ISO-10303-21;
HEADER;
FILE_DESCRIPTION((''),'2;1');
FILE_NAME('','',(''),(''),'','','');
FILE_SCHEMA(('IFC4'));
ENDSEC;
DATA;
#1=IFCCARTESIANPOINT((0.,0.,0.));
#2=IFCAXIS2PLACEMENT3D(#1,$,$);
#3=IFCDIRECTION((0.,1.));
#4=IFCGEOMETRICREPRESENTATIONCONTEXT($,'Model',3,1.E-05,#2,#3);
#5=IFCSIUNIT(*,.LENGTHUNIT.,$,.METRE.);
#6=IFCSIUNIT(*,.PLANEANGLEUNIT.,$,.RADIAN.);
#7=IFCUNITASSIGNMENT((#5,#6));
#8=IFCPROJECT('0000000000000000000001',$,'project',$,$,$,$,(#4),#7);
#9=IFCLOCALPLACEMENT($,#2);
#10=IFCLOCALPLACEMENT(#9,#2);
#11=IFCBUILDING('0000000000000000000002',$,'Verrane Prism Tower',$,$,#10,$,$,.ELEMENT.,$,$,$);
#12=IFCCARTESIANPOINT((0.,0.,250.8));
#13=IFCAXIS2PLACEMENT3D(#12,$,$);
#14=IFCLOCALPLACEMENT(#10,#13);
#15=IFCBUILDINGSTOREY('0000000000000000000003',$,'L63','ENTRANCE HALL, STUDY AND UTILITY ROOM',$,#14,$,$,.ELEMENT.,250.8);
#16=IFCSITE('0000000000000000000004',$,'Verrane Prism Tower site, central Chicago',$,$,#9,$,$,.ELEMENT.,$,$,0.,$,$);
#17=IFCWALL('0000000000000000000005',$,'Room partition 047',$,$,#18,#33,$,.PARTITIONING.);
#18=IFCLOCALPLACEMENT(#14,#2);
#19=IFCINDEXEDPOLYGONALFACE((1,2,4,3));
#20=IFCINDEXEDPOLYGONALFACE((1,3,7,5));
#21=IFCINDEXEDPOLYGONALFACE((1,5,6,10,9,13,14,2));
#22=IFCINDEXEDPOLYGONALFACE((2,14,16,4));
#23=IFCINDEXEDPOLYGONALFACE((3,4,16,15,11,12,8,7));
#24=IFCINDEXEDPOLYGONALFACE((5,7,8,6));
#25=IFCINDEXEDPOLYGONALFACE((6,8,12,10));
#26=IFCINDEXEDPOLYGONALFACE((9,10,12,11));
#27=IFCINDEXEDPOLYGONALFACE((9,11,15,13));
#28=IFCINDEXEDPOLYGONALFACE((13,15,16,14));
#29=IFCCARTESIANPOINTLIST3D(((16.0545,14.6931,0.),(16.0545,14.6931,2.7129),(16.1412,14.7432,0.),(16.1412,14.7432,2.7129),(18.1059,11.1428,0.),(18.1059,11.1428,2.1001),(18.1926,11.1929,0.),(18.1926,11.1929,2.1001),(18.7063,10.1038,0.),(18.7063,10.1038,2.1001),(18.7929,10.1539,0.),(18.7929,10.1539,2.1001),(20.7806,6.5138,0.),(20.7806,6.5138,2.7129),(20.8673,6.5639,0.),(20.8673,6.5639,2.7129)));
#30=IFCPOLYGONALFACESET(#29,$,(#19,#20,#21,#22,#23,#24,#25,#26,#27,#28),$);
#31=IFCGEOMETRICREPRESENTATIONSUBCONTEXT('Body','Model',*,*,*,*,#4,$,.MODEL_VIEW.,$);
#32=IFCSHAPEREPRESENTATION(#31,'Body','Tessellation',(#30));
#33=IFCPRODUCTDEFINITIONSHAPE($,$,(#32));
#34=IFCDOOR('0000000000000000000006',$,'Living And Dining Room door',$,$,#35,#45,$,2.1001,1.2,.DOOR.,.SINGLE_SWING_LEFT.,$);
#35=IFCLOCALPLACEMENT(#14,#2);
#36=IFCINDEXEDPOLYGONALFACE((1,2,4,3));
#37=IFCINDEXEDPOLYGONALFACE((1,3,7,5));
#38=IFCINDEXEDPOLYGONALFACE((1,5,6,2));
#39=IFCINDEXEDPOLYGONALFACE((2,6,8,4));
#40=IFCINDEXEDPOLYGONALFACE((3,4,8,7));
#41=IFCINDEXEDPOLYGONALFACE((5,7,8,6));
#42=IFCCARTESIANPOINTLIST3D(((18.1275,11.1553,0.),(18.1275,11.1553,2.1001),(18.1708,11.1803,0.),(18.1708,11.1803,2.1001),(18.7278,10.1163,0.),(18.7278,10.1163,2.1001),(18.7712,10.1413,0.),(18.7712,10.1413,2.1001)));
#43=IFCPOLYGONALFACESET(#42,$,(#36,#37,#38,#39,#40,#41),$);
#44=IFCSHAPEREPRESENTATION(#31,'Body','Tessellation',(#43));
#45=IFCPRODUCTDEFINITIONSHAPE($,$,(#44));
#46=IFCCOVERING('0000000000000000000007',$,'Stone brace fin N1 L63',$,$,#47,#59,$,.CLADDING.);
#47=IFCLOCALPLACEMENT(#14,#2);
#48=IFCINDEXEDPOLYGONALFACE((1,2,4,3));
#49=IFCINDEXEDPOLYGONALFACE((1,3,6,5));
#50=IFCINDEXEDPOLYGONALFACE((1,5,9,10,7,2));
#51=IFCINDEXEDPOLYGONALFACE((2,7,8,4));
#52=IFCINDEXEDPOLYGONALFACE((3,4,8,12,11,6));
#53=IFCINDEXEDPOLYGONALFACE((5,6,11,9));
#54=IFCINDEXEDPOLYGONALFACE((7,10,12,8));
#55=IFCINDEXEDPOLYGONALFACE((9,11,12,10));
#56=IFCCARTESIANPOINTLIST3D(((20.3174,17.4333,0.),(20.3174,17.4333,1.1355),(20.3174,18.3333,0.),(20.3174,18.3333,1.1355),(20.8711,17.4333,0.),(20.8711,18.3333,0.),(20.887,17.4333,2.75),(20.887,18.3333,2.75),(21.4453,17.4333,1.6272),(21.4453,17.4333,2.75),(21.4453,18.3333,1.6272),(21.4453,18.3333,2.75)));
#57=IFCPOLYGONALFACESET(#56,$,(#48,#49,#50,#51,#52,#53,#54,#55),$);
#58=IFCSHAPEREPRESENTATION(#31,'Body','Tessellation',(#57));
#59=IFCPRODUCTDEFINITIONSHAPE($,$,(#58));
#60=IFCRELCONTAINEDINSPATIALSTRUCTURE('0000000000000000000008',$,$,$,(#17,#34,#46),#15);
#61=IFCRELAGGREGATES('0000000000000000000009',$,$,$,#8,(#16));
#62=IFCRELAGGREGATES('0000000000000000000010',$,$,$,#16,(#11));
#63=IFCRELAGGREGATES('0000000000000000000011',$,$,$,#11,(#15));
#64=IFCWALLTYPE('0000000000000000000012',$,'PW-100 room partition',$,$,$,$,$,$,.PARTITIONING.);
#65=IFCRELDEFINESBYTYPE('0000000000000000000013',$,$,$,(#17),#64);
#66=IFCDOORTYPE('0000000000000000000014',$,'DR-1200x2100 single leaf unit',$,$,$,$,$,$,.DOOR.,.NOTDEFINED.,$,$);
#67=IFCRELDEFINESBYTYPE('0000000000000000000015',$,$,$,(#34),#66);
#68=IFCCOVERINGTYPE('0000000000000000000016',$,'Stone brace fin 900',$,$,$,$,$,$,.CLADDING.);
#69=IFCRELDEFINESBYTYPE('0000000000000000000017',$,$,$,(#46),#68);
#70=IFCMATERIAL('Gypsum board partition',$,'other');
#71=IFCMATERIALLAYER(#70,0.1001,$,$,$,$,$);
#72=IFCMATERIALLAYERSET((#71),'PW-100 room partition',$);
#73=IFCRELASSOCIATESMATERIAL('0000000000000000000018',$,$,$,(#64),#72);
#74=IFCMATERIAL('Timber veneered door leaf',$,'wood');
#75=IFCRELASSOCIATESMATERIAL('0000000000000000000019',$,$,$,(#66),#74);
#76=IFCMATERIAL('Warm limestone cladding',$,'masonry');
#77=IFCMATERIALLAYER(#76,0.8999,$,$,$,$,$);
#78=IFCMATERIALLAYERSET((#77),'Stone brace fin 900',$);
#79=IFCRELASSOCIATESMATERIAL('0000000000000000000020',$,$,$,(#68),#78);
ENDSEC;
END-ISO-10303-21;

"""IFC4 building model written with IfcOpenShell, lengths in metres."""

from ifc_helpers import new_model, si_unit, direction, frame, frame_2d, origin, place, context, subcontext, project, spatial, polyline, rectangle, outline, extrude, material, layer, layer_set, type_object, element, fill, save


model = new_model("IFC4")

# Units and contexts
model_context = context("Model", 3, precision=1e-05, world=origin(), true_north=direction((0.0, 1.0)))
body_context = subcontext(model_context, "Body", "Model", "MODEL_VIEW")
ifc_project = project(units=[si_unit("LENGTHUNIT", "METRE"), si_unit("PLANEANGLEUNIT", "RADIAN")], contexts=[model_context])

# Site, building, storey
site_placement = place(None, origin())
site = spatial("IfcSite", under=ifc_project, at=site_placement, Name="Verrane Prism Tower site, central Chicago", CompositionType="ELEMENT", RefElevation=0.0)
building_placement = place(site_placement, origin())
building = spatial("IfcBuilding", under=site, at=building_placement, Name="Verrane Prism Tower", CompositionType="ELEMENT")
storey_placement = place(building_placement, frame((0.0, 0.0, 250.8)))
storey = spatial("IfcBuildingStorey", under=building, at=storey_placement, Name="L63", Description="ENTRANCE HALL, STUDY AND UTILITY ROOM", CompositionType="ELEMENT", Elevation=250.8)

# Shared definitions
ifc_material_1 = material(Name="Gypsum board partition", Category="other")
ifc_layer_1 = layer(ifc_material_1, 0.1001)
ifc_layer_set_1 = layer_set([ifc_layer_1], Name="PW-100 room partition")
wall_type = type_object("IfcWallType", Name="PW-100 room partition", PredefinedType="PARTITIONING", material=ifc_layer_set_1)

# Wall, opening, door
wall_1_placement = place(storey_placement, frame((16.0979, 14.718, 0.0), z_axis=(0.0, 0.0, 1.0), x_axis=(0.500303, -0.865851, 0.0)))
wall_1 = element("IfcWall", 1, at=wall_1_placement, inside=storey, type_object=wall_type, Name="Room partition 047", PredefinedType="PARTITIONING", context=body_context, shape_type="SweptSolid", body=[
    extrude(rectangle(XDim=9.4465, YDim=0.1001, at=frame_2d((4.7231, 0.0))), origin(), (0.0, 0.0, 1.0), 2.7129),
])
opening_placement = place(wall_1_placement, frame((4.1001, 0.0, 0.0)))
opening = element("IfcOpeningElement", 2, at=opening_placement, cuts=wall_1, PredefinedType="OPENING", context=body_context, shape_type="SweptSolid", body=[
    extrude(rectangle(XDim=1.2, YDim=2.1001, at=frame_2d((0.6001, 1.05))), frame((0.0, 0.0601, 0.0), z_axis=(0.0, -1.0, 0.0), x_axis=(1.0, 0.0, 0.0)), (0.0, 0.0, 1.0), 0.1201),
])
ifc_material_2 = material(Name="Timber veneered door leaf", Category="wood")
door_type = type_object("IfcDoorType", Name="DR-1200x2100 single leaf unit", OperationType="NOTDEFINED", PredefinedType="DOOR", material=ifc_material_2)
door_placement = place(opening_placement, origin())
door = element("IfcDoor", 3, at=door_placement, inside=storey, type_object=door_type, Name="Living And Dining Room door", OperationType="SINGLE_SWING_LEFT", OverallHeight=2.1001, OverallWidth=1.2, PredefinedType="DOOR", context=body_context, shape_type="SweptSolid", body=[
    extrude(rectangle(XDim=1.2, YDim=2.1001, at=frame_2d((0.6001, 1.05))), frame((0.0, 0.0249, 0.0), z_axis=(0.0, -1.0, 0.0), x_axis=(1.0, 0.0, 0.0)), (0.0, 0.0, 1.0), 0.05),
])
fill(opening, door)

# Covering
ifc_material_3 = material(Name="Warm limestone cladding", Category="masonry")
ifc_layer_2 = layer(ifc_material_3, 0.8999)
ifc_layer_set_2 = layer_set([ifc_layer_2], Name="Stone brace fin 900")
covering_type = type_object("IfcCoveringType", Name="Stone brace fin 900", PredefinedType="CLADDING", material=ifc_layer_set_2)
covering_placement = place(storey_placement, frame((20.3174, 17.8833, 0.0), z_axis=(0.0, 0.0, 1.0), x_axis=(1.0, 0.0, 0.0)))
element("IfcCovering", 4, at=covering_placement, inside=storey, type_object=covering_type, Name="Stone brace fin N1 L63", PredefinedType="CLADDING", context=body_context, shape_type="SweptSolid", body=[
    extrude(outline(polyline([(1.1279, 2.75), (0.5696, 2.75), (0.0, 1.1355), (0.0, 0.0), (0.5537, 0.0), (1.1279, 1.6272), (1.1279, 2.75)])), frame((0.0, 0.45, 0.0), z_axis=(0.0, -1.0, 0.0), x_axis=(1.0, 0.0, 0.0)), (0.0, 0.0, 1.0), 0.8999),
])

save(model, "model.ifc")
